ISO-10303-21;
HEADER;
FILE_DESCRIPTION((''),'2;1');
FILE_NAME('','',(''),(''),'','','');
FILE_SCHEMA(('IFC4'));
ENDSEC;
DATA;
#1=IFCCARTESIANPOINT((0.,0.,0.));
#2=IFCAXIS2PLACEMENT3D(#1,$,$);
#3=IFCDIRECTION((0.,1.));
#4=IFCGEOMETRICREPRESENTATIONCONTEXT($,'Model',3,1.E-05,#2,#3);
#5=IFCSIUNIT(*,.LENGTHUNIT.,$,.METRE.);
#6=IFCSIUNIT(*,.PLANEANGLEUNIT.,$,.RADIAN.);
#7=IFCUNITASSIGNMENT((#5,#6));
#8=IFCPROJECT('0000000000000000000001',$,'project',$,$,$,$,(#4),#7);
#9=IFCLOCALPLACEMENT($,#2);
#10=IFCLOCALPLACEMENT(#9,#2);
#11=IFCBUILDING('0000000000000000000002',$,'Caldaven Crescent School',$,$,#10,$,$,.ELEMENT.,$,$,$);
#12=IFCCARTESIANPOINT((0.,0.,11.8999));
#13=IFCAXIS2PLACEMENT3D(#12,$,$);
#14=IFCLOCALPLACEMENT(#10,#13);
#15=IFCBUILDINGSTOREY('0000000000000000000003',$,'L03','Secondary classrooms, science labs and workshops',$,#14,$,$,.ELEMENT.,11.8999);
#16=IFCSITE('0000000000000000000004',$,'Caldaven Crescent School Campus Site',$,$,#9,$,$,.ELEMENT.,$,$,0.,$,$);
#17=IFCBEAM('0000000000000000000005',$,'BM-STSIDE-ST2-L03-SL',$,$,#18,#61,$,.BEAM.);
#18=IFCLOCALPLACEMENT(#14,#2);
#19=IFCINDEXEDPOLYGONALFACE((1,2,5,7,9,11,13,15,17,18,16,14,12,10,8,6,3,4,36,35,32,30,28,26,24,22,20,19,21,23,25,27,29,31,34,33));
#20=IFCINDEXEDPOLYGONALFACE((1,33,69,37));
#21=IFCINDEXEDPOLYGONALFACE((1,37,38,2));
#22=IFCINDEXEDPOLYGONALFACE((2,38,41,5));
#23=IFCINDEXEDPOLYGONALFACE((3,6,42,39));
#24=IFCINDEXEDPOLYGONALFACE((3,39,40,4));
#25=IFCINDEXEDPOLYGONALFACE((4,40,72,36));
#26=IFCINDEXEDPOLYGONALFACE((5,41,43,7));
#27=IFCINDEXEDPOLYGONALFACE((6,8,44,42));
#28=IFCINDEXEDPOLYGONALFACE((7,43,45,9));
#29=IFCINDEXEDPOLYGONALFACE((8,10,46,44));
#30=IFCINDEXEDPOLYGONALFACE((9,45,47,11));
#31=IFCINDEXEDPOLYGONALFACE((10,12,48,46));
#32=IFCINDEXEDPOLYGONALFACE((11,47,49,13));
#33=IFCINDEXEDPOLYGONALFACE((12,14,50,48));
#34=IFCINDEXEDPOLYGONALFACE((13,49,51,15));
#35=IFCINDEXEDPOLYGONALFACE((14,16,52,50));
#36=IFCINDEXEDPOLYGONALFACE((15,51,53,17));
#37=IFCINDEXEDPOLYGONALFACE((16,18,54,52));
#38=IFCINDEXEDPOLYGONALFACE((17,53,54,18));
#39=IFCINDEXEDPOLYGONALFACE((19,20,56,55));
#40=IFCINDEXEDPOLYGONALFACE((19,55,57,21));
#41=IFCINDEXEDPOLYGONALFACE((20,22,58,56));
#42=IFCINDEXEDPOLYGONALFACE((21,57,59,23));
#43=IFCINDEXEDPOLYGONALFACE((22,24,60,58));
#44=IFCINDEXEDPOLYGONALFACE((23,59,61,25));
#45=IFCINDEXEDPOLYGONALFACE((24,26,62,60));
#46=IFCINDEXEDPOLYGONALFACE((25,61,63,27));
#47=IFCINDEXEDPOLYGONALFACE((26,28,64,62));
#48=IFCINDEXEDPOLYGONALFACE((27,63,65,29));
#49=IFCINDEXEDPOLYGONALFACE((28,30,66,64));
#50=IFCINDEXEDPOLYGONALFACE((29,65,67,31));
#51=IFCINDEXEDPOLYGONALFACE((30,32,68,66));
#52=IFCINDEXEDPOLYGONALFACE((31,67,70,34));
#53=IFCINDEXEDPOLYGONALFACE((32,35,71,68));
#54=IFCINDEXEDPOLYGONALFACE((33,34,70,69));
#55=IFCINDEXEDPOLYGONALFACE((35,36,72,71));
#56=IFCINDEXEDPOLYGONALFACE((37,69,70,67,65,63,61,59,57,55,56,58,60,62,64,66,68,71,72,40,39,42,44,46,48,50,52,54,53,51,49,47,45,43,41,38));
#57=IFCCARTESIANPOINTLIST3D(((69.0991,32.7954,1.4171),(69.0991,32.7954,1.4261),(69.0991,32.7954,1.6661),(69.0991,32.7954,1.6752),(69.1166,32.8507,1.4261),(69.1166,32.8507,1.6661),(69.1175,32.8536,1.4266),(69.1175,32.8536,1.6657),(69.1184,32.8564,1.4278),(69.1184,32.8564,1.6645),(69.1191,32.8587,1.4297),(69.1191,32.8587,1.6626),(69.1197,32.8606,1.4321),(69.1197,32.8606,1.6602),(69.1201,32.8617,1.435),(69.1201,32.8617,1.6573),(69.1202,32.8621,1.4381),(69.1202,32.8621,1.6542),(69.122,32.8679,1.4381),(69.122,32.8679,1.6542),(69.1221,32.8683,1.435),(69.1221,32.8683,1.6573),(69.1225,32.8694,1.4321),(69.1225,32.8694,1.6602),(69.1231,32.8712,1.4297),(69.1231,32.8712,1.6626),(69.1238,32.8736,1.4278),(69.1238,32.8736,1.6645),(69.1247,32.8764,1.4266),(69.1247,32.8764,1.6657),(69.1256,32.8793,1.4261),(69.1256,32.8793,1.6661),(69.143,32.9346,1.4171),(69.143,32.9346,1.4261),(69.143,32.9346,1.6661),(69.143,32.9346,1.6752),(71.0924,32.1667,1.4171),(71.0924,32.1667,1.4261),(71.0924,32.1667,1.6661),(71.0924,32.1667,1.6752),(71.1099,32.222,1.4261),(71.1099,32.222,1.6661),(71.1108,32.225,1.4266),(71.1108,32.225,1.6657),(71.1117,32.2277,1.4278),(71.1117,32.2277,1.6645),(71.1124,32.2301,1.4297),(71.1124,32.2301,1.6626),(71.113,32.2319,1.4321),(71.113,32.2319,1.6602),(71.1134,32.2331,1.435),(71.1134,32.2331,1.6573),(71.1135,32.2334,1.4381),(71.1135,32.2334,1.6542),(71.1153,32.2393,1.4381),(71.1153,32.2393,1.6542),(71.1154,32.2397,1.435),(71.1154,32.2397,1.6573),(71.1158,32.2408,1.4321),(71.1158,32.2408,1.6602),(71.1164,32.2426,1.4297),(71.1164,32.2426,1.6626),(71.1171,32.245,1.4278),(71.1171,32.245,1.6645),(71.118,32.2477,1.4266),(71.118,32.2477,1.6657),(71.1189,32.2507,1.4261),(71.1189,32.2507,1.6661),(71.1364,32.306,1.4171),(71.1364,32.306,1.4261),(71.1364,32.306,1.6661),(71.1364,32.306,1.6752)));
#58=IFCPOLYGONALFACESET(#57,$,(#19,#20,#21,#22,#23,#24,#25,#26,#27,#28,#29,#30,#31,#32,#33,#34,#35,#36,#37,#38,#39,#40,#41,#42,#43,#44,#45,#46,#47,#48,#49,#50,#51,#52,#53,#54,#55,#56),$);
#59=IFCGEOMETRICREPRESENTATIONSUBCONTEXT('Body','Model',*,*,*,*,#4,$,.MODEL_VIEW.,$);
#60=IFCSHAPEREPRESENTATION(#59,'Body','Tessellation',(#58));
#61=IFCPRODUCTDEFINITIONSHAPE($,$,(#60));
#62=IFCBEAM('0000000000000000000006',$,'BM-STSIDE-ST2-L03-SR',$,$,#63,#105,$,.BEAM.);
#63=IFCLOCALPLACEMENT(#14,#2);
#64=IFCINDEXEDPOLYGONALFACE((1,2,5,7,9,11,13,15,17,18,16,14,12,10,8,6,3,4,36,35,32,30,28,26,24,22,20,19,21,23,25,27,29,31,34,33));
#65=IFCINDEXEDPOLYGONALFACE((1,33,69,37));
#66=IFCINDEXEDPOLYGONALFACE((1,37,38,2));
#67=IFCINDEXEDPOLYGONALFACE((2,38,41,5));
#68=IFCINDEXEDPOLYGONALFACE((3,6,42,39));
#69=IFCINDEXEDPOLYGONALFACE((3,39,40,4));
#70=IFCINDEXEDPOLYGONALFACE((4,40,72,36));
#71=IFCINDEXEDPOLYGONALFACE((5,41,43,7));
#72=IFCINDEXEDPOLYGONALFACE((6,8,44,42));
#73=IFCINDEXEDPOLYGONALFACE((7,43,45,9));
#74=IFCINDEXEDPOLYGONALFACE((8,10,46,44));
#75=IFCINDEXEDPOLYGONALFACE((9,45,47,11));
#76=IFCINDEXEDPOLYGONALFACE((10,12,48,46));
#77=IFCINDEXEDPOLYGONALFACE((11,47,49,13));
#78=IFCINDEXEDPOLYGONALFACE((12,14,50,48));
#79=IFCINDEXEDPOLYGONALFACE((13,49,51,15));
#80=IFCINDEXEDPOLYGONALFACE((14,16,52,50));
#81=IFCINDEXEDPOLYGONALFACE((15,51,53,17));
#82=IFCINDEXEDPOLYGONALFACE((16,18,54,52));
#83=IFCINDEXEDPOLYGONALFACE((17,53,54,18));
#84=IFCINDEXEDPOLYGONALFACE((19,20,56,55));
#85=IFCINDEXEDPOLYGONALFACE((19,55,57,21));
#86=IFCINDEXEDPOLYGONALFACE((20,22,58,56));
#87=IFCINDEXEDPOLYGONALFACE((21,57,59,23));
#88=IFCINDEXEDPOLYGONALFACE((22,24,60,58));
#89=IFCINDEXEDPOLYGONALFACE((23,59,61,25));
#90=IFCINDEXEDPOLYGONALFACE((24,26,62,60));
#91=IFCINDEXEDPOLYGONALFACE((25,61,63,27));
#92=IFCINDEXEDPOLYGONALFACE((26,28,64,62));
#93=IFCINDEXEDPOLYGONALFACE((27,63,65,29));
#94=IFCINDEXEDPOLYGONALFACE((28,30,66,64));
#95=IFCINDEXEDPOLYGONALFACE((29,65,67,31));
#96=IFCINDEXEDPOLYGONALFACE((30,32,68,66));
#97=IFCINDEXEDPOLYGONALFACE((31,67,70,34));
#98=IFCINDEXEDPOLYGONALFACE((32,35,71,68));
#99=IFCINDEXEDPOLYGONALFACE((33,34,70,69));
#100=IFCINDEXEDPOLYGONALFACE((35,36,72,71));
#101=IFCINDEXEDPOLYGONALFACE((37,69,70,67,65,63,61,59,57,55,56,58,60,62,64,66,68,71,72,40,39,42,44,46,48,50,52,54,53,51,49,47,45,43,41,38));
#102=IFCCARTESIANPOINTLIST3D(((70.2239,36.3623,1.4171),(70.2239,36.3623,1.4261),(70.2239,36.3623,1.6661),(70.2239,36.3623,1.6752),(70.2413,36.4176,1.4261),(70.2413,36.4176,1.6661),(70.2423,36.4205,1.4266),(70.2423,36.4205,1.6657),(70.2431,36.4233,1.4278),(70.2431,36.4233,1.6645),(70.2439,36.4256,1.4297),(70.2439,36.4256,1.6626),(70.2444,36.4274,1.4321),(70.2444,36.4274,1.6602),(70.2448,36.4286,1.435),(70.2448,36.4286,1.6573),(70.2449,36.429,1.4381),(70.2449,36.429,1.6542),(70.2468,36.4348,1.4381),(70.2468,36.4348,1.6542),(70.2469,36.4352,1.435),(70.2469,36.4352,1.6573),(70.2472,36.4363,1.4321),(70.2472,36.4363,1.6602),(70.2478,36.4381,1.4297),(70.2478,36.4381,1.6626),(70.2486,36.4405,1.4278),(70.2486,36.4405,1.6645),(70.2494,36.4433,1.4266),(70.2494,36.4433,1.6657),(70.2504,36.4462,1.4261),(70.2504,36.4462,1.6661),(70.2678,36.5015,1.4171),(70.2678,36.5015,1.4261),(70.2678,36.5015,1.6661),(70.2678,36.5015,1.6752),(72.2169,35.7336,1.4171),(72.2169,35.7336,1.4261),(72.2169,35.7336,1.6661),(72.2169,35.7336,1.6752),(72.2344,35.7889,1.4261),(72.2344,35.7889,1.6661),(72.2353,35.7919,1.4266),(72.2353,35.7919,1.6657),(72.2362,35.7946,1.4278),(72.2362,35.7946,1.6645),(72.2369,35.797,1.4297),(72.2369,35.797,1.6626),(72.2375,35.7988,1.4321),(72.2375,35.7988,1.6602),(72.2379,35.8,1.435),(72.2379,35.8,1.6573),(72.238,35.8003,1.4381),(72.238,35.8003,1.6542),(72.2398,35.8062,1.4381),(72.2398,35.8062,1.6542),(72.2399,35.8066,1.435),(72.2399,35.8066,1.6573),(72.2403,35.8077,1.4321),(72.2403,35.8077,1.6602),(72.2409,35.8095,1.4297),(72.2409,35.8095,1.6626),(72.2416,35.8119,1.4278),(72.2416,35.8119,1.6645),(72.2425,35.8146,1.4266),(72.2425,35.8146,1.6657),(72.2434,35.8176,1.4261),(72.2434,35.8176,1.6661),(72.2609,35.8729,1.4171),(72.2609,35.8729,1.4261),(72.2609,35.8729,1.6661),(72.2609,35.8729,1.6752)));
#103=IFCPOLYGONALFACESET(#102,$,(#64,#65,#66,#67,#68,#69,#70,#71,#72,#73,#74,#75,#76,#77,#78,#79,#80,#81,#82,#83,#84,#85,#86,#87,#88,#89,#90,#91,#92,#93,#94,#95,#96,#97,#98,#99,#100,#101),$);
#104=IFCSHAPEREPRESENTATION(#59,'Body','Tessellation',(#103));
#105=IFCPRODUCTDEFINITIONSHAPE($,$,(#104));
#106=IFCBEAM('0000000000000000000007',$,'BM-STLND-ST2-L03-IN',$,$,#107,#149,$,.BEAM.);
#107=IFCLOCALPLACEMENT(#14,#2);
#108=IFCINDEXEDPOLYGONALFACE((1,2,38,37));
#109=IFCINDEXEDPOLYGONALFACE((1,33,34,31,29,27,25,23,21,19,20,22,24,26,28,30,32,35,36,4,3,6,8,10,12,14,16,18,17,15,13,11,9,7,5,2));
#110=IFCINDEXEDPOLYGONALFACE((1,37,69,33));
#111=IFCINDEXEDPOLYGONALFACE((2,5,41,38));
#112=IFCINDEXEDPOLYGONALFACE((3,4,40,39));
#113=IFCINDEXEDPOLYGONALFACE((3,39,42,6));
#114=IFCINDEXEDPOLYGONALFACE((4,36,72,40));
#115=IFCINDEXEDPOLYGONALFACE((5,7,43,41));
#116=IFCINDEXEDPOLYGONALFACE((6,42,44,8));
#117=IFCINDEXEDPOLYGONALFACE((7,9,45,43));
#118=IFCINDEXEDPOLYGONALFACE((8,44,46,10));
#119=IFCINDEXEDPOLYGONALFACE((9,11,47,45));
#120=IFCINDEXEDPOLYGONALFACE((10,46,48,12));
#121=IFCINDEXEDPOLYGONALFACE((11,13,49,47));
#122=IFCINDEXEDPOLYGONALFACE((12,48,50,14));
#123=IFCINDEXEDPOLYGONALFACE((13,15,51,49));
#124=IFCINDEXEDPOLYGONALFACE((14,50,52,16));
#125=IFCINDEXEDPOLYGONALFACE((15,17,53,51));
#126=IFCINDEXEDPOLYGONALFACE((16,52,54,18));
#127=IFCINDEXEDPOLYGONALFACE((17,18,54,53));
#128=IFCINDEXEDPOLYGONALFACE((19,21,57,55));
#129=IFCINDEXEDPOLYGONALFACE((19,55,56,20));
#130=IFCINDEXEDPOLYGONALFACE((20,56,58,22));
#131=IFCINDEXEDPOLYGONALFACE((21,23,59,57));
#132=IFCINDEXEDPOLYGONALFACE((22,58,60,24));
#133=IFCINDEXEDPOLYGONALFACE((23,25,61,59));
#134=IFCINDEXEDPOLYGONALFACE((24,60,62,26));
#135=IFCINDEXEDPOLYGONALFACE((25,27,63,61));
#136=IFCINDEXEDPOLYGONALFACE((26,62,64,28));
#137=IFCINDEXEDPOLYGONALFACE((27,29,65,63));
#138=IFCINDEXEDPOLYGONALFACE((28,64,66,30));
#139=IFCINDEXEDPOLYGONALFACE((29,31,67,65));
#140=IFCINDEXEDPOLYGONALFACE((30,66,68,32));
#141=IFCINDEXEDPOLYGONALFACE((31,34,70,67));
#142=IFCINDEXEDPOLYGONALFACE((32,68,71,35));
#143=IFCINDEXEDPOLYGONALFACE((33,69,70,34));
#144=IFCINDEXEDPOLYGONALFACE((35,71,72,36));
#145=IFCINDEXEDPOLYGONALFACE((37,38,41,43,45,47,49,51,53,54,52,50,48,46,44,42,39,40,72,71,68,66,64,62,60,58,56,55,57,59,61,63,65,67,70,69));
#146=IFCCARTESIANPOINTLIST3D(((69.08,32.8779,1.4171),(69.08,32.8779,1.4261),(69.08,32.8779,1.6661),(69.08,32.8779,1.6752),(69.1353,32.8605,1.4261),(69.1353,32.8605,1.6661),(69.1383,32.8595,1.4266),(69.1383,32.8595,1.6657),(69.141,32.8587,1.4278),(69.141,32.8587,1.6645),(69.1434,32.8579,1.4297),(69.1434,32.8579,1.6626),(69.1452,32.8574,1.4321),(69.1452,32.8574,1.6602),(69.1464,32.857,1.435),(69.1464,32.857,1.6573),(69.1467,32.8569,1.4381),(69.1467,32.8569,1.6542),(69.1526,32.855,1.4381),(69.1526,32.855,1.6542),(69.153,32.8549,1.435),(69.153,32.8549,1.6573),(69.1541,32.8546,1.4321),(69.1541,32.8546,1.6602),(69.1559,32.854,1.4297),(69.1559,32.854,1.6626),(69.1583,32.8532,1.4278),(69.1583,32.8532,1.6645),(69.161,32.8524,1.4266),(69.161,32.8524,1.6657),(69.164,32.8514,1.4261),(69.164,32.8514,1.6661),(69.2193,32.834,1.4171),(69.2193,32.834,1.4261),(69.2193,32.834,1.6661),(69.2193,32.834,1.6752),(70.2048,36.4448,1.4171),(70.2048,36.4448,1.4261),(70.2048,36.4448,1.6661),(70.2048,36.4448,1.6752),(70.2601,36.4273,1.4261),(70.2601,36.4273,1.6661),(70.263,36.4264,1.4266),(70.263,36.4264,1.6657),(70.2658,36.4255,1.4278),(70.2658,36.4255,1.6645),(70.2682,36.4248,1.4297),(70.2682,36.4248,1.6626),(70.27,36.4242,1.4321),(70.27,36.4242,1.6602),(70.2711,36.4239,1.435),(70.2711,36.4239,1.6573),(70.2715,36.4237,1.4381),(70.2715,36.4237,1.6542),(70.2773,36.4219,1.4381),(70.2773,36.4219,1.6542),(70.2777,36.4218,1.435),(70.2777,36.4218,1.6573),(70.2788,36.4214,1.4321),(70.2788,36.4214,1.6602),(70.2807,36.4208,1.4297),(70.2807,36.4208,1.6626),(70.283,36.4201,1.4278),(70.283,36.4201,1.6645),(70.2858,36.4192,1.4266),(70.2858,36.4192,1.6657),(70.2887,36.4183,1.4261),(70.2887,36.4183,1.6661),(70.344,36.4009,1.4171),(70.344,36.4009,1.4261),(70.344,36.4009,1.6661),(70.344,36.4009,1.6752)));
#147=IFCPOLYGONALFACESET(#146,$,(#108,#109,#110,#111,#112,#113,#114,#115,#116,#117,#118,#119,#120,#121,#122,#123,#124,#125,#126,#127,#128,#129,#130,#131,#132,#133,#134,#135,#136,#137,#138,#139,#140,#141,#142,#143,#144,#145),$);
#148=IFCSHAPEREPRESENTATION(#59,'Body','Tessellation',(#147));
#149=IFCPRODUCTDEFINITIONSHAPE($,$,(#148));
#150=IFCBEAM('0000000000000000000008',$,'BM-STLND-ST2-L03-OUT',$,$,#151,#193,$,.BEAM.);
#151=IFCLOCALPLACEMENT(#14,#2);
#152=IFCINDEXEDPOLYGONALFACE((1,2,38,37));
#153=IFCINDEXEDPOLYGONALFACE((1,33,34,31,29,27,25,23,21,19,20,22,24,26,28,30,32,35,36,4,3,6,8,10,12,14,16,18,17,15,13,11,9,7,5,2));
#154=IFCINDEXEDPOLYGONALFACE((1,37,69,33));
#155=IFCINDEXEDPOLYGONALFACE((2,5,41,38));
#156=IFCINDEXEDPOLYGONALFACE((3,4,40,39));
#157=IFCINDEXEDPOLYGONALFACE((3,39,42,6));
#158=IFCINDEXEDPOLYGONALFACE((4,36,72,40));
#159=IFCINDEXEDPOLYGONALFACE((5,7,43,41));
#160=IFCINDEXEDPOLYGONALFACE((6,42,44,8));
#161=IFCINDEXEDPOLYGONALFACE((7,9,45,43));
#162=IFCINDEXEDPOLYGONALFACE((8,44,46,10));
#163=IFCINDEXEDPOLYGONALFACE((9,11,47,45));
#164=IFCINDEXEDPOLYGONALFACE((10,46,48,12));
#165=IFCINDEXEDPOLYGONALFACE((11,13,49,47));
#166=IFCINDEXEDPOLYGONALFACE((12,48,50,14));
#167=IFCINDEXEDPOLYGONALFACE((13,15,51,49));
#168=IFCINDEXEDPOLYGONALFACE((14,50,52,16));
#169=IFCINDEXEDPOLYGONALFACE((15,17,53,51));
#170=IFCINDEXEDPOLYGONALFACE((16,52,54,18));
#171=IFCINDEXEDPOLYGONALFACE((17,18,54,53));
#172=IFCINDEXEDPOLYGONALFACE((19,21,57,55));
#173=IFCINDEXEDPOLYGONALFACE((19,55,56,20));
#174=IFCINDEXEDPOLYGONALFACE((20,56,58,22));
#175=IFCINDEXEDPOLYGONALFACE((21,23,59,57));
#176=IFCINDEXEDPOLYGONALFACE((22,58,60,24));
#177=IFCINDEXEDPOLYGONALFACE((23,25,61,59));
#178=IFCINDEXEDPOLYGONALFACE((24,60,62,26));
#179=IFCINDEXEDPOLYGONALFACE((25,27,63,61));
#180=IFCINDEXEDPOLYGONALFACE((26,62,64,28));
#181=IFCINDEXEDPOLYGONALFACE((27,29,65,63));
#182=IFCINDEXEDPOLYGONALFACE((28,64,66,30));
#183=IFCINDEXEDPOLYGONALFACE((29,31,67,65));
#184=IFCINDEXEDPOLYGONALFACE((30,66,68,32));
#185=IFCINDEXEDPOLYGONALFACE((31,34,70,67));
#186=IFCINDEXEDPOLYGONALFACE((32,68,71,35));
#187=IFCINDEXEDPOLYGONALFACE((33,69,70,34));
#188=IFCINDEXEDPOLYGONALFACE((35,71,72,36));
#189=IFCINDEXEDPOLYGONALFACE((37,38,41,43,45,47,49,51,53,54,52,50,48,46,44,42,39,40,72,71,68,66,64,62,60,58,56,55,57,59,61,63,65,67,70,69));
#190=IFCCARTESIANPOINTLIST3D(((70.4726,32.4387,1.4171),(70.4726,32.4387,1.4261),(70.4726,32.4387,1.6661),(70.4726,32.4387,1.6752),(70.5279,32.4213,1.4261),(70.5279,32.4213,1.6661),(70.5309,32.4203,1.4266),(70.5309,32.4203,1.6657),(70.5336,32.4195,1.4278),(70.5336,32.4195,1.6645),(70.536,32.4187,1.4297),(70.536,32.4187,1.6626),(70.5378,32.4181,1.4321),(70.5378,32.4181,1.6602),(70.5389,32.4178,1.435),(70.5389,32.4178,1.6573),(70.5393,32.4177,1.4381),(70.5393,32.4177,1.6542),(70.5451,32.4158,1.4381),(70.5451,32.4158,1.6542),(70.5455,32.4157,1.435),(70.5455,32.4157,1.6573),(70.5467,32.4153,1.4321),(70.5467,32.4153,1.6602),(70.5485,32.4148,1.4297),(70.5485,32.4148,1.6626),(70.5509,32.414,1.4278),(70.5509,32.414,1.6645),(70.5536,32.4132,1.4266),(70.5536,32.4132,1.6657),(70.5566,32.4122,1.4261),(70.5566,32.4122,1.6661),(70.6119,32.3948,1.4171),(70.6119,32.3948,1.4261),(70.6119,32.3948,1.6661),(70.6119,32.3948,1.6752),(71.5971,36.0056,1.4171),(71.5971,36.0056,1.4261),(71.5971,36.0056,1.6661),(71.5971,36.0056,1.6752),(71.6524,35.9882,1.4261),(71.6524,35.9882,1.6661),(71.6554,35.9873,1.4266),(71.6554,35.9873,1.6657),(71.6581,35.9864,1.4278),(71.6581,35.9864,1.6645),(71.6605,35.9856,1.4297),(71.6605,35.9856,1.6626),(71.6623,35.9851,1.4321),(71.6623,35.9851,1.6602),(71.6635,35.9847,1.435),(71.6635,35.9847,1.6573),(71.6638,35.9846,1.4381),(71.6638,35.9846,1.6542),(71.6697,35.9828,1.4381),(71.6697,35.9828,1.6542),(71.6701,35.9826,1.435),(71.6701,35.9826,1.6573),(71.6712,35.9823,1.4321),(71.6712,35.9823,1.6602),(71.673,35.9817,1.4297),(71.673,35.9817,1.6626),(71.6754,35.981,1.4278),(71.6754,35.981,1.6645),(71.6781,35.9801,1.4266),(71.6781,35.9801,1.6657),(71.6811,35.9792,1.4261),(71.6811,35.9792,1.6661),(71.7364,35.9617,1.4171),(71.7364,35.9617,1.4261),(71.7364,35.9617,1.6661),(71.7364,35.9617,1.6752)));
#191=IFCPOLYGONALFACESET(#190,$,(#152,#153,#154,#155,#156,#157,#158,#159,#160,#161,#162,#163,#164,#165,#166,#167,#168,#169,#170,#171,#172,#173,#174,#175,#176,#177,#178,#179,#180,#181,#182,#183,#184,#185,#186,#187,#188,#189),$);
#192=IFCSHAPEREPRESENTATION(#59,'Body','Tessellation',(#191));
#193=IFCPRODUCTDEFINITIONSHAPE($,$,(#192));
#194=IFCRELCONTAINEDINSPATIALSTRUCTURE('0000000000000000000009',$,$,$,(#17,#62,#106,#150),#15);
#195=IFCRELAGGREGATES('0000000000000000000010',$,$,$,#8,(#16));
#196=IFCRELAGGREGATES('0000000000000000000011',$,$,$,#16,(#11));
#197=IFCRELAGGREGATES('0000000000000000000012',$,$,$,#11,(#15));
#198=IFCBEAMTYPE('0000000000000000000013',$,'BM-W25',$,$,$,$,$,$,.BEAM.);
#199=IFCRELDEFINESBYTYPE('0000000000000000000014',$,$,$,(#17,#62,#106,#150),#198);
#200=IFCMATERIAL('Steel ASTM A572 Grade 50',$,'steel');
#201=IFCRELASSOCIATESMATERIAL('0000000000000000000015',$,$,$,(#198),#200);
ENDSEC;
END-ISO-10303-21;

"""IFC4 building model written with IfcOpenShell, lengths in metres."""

from ifc_helpers import new_model, si_unit, direction, frame, origin, origin_2d, place, context, subcontext, project, spatial, i_section, extrude, material, material_profile, profile_set, type_object, element, save


model = new_model("IFC4")

# Units and contexts
model_context = context("Model", 3, precision=1e-05, world=origin(), true_north=direction((0.0, 1.0)))
body_context = subcontext(model_context, "Body", "Model", "MODEL_VIEW")
ifc_project = project(units=[si_unit("LENGTHUNIT", "METRE"), si_unit("PLANEANGLEUNIT", "RADIAN")], contexts=[model_context])

# Site, building, storey
site_placement = place(None, origin())
site = spatial("IfcSite", under=ifc_project, at=site_placement, Name="Caldaven Crescent School Campus Site", CompositionType="ELEMENT", RefElevation=0.0)
building_placement = place(site_placement, origin())
building = spatial("IfcBuilding", under=site, at=building_placement, Name="Caldaven Crescent School", CompositionType="ELEMENT")
storey_placement = place(building_placement, frame((0.0, 0.0, 11.8999)))
storey = spatial("IfcBuildingStorey", under=building, at=storey_placement, Name="L03", Description="Secondary classrooms, science labs and workshops", CompositionType="ELEMENT", Elevation=11.8999)

# Shared definitions
ifc_material_1 = material(Name="Steel ASTM A572 Grade 50", Category="steel")

# Beams
ifc_material_profile_1 = material_profile(ifc_material_1, i_section(OverallWidth=0.146, OverallDepth=0.2581, WebThickness=0.0061, FlangeThickness=0.009, FilletRadius=0.012, at=origin_2d()), Name="W250x33")
ifc_profile_set_1 = profile_set([ifc_material_profile_1], Name="Steel ASTM A572 Grade 50")
beam_type_1 = type_object("IfcBeamType", Name="BM-W25", PredefinedType="BEAM", material=ifc_profile_set_1)
beam_1_placement = place(storey_placement, frame((69.1211, 32.865, 1.5461), z_axis=(0.953697, -0.300768, 0.0), x_axis=(0.300768, 0.953697, 0.0)))
element("IfcBeam", 1, at=beam_1_placement, inside=storey, type_object=beam_type_1, Name="BM-STSIDE-ST2-L03-SL", PredefinedType="BEAM", context=body_context, shape_type="SweptSolid", body=[
    extrude(i_section(OverallWidth=0.146, OverallDepth=0.2581, WebThickness=0.0061, FlangeThickness=0.009, FilletRadius=0.012, at=origin_2d()), origin(), (0.0, 0.0, 1.0), 2.0901),
])
beam_2_placement = place(storey_placement, frame((70.2458, 36.4319, 1.5461), z_axis=(0.953687, -0.300801, 0.0), x_axis=(0.300801, 0.953687, 0.0)))
element("IfcBeam", 2, at=beam_2_placement, inside=storey, type_object=beam_type_1, Name="BM-STSIDE-ST2-L03-SR", PredefinedType="BEAM", context=body_context, shape_type="SweptSolid", body=[
    extrude(i_section(OverallWidth=0.146, OverallDepth=0.2581, WebThickness=0.0061, FlangeThickness=0.009, FilletRadius=0.012, at=origin_2d()), origin(), (0.0, 0.0, 1.0), 2.0898),
])
for number, where, z_axis, x_axis, name in (
    (3, (69.1497, 32.856, 1.5461), (0.300735, 0.953708, 0.0), (-0.953708, 0.300735, 0.0), "BM-STLND-ST2-L03-IN"),
    (4, (70.5422, 32.4167, 1.5461), (0.300675, 0.953727, 0.0), (-0.953727, 0.300675, 0.0), "BM-STLND-ST2-L03-OUT"),
):
    element("IfcBeam", number, at=place(storey_placement, frame(where, z_axis=z_axis, x_axis=x_axis)), inside=storey, type_object=beam_type_1, Name=name, PredefinedType="BEAM", context=body_context, shape_type="SweptSolid", body=[
        extrude(i_section(OverallWidth=0.146, OverallDepth=0.2581, WebThickness=0.0061, FlangeThickness=0.009, FilletRadius=0.012, at=origin_2d()), origin(), (0.0, 0.0, 1.0), 3.74),
    ])

save(model, "model.ifc")
